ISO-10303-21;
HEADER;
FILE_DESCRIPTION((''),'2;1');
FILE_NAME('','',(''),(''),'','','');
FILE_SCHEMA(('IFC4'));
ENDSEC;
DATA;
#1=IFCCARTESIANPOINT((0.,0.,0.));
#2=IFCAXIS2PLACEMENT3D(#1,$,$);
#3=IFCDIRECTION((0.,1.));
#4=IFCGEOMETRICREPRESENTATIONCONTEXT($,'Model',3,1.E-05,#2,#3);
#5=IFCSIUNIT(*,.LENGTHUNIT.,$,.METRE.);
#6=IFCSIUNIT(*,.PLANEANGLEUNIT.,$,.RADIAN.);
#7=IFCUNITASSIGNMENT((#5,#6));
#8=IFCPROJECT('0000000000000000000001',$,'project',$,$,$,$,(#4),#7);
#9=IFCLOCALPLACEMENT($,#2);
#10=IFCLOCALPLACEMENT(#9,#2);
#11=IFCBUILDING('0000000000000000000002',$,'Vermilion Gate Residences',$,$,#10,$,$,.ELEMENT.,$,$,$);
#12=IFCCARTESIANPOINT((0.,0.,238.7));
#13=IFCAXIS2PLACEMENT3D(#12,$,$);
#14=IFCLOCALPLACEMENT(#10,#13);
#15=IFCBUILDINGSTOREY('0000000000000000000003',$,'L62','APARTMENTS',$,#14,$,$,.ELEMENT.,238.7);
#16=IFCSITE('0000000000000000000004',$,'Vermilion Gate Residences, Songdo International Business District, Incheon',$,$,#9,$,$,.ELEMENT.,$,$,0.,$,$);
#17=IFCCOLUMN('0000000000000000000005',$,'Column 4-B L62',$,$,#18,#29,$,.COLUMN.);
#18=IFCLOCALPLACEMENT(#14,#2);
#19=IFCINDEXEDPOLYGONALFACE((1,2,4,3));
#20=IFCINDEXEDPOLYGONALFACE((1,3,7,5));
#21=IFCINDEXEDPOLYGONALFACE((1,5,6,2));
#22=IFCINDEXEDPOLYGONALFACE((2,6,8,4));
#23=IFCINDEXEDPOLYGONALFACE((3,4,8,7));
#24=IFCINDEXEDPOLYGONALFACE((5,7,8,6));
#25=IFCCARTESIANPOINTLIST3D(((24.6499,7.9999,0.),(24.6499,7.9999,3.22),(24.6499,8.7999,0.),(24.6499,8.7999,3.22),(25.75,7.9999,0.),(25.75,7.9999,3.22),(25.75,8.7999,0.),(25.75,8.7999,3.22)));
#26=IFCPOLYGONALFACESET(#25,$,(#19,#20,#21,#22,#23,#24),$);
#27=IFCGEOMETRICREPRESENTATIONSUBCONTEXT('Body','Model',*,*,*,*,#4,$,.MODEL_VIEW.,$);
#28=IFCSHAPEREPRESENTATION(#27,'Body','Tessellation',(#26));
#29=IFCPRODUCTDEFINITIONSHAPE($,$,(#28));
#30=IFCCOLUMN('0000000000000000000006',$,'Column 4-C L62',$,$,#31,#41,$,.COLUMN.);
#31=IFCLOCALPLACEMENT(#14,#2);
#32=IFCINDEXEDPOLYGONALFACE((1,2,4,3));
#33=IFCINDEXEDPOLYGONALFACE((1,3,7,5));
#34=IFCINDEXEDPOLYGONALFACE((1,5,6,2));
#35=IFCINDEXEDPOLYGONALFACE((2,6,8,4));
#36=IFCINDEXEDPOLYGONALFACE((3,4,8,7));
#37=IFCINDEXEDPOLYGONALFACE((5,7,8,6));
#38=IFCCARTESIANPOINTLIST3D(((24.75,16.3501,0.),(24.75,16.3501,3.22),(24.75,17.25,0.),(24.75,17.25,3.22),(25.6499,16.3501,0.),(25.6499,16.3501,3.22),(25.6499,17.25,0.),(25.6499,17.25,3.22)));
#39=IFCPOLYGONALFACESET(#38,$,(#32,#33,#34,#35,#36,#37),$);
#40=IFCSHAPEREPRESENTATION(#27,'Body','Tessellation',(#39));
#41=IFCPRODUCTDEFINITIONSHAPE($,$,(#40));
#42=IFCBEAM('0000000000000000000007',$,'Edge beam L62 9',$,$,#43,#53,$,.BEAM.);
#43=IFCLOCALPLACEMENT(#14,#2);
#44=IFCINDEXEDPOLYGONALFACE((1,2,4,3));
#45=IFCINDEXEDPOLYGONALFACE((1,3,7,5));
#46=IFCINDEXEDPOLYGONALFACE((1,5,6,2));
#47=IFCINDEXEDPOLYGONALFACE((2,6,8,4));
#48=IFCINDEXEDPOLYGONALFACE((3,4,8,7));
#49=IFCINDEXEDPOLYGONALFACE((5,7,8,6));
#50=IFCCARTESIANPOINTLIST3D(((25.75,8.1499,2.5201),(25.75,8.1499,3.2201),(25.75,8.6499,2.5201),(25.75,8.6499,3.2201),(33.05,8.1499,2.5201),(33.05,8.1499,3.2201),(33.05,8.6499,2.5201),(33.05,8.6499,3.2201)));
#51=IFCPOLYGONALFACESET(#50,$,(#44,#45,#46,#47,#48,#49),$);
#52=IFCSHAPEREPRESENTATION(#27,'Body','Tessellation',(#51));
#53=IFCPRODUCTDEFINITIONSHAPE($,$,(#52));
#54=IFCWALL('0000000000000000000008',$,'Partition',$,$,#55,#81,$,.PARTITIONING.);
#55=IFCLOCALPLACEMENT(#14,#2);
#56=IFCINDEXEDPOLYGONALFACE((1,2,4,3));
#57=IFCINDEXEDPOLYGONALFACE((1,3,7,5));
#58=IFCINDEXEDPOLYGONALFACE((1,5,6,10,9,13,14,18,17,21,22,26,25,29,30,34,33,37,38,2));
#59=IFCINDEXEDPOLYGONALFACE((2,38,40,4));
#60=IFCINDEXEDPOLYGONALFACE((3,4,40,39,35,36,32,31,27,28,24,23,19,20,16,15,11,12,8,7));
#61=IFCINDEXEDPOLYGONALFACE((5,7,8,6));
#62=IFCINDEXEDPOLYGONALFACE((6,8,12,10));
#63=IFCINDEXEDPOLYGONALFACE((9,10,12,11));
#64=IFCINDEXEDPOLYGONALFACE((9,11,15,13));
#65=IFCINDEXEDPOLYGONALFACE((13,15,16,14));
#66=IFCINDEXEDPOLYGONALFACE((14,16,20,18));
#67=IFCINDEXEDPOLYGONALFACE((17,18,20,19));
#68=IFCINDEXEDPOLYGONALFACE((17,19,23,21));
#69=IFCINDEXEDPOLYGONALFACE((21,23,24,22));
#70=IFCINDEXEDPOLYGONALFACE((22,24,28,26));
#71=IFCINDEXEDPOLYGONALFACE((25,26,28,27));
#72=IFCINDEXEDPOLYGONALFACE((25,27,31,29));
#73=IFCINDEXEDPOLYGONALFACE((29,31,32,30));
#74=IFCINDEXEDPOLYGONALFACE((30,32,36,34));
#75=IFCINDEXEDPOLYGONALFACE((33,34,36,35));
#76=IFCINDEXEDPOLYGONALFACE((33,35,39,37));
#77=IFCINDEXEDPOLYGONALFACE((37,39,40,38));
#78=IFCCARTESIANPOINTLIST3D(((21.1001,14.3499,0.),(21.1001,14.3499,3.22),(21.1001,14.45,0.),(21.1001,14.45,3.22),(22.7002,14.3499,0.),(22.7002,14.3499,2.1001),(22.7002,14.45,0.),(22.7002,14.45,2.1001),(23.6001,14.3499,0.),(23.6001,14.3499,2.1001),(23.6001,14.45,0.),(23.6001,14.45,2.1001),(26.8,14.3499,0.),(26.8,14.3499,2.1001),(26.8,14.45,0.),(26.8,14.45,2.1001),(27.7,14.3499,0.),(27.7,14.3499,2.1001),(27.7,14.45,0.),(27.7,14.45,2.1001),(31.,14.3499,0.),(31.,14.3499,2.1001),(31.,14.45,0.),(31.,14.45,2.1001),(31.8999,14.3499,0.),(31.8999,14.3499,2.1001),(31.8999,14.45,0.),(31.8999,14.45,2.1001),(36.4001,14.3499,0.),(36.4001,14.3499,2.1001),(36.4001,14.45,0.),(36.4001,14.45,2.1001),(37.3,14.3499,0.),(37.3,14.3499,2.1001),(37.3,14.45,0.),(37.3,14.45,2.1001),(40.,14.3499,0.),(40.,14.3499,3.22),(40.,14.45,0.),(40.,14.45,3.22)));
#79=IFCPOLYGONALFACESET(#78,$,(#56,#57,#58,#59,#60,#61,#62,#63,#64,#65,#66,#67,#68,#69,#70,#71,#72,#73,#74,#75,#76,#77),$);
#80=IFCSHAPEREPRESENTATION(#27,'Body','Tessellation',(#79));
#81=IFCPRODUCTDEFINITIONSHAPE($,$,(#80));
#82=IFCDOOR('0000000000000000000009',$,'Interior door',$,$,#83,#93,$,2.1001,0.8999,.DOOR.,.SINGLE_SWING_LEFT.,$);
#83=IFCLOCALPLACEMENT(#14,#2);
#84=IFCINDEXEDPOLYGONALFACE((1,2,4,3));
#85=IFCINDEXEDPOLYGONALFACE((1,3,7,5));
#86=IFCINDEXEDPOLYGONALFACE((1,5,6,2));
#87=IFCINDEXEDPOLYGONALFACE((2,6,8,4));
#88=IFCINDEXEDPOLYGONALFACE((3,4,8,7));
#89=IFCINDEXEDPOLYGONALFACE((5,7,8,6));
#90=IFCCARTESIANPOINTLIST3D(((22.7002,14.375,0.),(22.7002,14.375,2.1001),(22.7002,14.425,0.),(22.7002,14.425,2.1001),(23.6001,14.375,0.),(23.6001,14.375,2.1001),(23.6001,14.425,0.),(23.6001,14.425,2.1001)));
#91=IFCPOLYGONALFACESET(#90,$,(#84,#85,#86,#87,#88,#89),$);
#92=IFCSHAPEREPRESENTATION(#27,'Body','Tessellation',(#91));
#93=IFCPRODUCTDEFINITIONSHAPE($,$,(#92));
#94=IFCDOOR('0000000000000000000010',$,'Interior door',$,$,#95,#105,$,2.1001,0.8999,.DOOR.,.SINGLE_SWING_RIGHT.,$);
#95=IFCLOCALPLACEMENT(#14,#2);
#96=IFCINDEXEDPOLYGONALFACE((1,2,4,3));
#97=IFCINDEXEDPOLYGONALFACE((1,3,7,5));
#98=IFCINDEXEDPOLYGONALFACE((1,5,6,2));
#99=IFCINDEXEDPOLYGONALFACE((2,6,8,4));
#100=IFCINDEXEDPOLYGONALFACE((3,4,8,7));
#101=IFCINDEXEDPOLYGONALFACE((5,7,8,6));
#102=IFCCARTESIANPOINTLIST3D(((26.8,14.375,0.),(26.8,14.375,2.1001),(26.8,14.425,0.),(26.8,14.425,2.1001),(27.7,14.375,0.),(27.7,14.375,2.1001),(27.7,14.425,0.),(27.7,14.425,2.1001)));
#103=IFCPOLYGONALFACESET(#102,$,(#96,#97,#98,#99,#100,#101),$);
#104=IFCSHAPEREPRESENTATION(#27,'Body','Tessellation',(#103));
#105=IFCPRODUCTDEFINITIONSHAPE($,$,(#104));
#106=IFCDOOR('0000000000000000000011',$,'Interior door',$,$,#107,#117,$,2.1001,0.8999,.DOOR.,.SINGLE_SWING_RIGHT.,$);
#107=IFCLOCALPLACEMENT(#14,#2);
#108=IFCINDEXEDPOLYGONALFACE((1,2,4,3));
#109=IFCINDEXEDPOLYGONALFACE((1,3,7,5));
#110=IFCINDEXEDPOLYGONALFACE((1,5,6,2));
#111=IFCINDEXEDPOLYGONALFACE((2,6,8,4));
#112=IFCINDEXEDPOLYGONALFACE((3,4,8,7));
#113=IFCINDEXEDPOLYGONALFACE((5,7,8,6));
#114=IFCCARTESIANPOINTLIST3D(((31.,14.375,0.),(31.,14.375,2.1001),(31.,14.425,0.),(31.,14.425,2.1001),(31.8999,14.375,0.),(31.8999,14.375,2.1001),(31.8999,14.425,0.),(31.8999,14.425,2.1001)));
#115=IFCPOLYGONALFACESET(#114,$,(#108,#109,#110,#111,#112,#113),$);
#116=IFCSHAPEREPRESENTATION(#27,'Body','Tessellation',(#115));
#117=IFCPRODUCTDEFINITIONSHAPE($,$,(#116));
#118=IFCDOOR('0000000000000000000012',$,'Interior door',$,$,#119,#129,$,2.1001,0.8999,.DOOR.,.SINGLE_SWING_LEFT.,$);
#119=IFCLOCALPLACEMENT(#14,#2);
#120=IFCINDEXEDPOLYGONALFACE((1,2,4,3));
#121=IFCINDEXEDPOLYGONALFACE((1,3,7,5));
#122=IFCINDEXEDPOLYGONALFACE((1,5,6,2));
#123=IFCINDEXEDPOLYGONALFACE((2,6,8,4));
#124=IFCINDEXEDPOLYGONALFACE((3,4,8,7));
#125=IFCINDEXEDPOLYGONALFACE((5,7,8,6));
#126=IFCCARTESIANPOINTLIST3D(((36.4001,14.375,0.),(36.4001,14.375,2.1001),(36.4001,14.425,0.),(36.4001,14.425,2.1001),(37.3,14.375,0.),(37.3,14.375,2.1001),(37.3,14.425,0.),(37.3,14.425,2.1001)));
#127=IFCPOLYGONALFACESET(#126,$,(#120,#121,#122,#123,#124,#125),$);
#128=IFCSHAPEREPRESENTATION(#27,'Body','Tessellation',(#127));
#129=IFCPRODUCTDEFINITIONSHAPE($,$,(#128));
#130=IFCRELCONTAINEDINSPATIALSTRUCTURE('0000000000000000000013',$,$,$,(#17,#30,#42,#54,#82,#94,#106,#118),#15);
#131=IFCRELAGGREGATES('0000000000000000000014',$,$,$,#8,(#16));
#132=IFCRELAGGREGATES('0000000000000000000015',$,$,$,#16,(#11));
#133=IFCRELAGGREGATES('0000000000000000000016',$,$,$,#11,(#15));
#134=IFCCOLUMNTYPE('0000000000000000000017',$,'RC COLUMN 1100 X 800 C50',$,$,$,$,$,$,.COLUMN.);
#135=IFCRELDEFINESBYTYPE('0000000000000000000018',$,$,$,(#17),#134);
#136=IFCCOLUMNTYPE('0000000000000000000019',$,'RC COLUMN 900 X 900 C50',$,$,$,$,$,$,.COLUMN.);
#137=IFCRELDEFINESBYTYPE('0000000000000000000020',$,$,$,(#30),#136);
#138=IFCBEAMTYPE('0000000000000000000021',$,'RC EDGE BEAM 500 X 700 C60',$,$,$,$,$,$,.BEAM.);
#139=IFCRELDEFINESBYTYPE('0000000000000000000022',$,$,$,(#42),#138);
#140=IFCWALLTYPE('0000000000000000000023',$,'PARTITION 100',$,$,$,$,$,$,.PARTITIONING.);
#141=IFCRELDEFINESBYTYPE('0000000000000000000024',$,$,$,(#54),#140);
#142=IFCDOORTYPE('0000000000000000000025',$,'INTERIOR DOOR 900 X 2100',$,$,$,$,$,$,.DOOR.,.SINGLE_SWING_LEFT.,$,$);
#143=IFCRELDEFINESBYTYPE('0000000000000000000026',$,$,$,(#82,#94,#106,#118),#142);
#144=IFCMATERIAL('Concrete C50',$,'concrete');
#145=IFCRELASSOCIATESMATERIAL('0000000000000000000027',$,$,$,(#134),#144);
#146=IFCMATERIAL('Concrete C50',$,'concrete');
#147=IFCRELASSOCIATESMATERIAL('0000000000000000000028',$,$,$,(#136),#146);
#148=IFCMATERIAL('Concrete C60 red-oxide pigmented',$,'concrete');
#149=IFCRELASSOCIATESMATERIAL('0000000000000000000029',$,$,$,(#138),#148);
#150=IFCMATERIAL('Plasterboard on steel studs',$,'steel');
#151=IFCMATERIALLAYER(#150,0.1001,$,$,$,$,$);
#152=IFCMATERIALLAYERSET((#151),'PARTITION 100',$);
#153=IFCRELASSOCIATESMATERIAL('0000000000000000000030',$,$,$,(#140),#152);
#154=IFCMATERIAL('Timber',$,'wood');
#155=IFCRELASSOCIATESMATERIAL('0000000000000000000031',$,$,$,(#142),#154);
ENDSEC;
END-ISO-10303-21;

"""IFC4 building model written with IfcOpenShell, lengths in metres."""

from ifc_helpers import new_model, si_unit, direction, frame, frame_2d, origin, origin_2d, place, context, subcontext, project, spatial, rectangle, extrude, material, layer, layer_set, material_profile, profile_set, type_object, element, fill, save


model = new_model("IFC4")

# Units and contexts
model_context = context("Model", 3, precision=1e-05, world=origin(), true_north=direction((0.0, 1.0)))
body_context = subcontext(model_context, "Body", "Model", "MODEL_VIEW")
ifc_project = project(units=[si_unit("LENGTHUNIT", "METRE"), si_unit("PLANEANGLEUNIT", "RADIAN")], contexts=[model_context])

# Site, building, storey
site_placement = place(None, origin())
site = spatial("IfcSite", under=ifc_project, at=site_placement, Name="Vermilion Gate Residences, Songdo International Business District, Incheon", CompositionType="ELEMENT", RefElevation=0.0)
building_placement = place(site_placement, origin())
building = spatial("IfcBuilding", under=site, at=building_placement, Name="Vermilion Gate Residences", CompositionType="ELEMENT")
storey_placement = place(building_placement, frame((0.0, 0.0, 238.7)))
storey = spatial("IfcBuildingStorey", under=building, at=storey_placement, Name="L62", Description="APARTMENTS", CompositionType="ELEMENT", Elevation=238.7)

# Columns
ifc_material_1 = material(Name="Concrete C50", Category="concrete")
ifc_material_profile_1 = material_profile(ifc_material_1, rectangle(XDim=1.1001, YDim=0.8, at=origin_2d()), Name="RC-1100x800")
ifc_profile_set_1 = profile_set([ifc_material_profile_1], Name="Concrete C50")
column_type_1 = type_object("IfcColumnType", Name="RC COLUMN 1100 X 800 C50", PredefinedType="COLUMN", material=ifc_profile_set_1)
column_1_placement = place(storey_placement, frame((25.2, 8.3999, 0.0), z_axis=(0.0, 0.0, 1.0), x_axis=(1.0, 0.0, 0.0)))
element("IfcColumn", 1, at=column_1_placement, inside=storey, type_object=column_type_1, Name="Column 4-B L62", PredefinedType="COLUMN", context=body_context, shape_type="SweptSolid", body=[
    extrude(rectangle(XDim=1.1001, YDim=0.8, at=origin_2d()), origin(), (0.0, 0.0, 1.0), 3.22),
])
ifc_material_2 = material(Name="Concrete C50", Category="concrete")
ifc_material_profile_2 = material_profile(ifc_material_2, rectangle(XDim=0.8999, YDim=0.8999, at=origin_2d()), Name="RC-900x900")
ifc_profile_set_2 = profile_set([ifc_material_profile_2], Name="Concrete C50")
column_type_2 = type_object("IfcColumnType", Name="RC COLUMN 900 X 900 C50", PredefinedType="COLUMN", material=ifc_profile_set_2)
column_2_placement = place(storey_placement, frame((25.2, 16.8, 0.0), z_axis=(0.0, 0.0, 1.0), x_axis=(1.0, 0.0, 0.0)))
element("IfcColumn", 2, at=column_2_placement, inside=storey, type_object=column_type_2, Name="Column 4-C L62", PredefinedType="COLUMN", context=body_context, shape_type="SweptSolid", body=[
    extrude(rectangle(XDim=0.8999, YDim=0.8999, at=origin_2d()), origin(), (0.0, 0.0, 1.0), 3.22),
])

# Beam
ifc_material_3 = material(Name="Concrete C60 red-oxide pigmented", Category="concrete")
ifc_material_profile_3 = material_profile(ifc_material_3, rectangle(XDim=0.5, YDim=0.7, at=origin_2d()), Name="RC-500x700")
ifc_profile_set_3 = profile_set([ifc_material_profile_3], Name="Concrete C60 red-oxide pigmented")
beam_type = type_object("IfcBeamType", Name="RC EDGE BEAM 500 X 700 C60", PredefinedType="BEAM", material=ifc_profile_set_3)
beam_placement = place(storey_placement, frame((25.75, 8.3999, 2.8701), z_axis=(1.0, 0.0, 0.0), x_axis=(0.0, 1.0, 0.0)))
element("IfcBeam", 3, at=beam_placement, inside=storey, type_object=beam_type, Name="Edge beam L62 9", PredefinedType="BEAM", context=body_context, shape_type="SweptSolid", body=[
    extrude(rectangle(XDim=0.5, YDim=0.7, at=origin_2d()), origin(), (0.0, 0.0, 1.0), 7.3),
])

# Wall, openings, doors
ifc_material_4 = material(Name="Plasterboard on steel studs", Category="steel")
ifc_layer_1 = layer(ifc_material_4, 0.1001)
ifc_layer_set_1 = layer_set([ifc_layer_1], Name="PARTITION 100")
wall_type_1 = type_object("IfcWallType", Name="PARTITION 100", PredefinedType="PARTITIONING", material=ifc_layer_set_1)
wall_1_placement = place(storey_placement, frame((21.1001, 14.3999, 0.0), z_axis=(0.0, 0.0, 1.0), x_axis=(1.0, 0.0, 0.0)))
wall_1 = element("IfcWall", 4, at=wall_1_placement, inside=storey, type_object=wall_type_1, Name="Partition", PredefinedType="PARTITIONING", context=body_context, shape_type="SweptSolid", body=[
    extrude(rectangle(XDim=18.8999, YDim=0.1001, at=frame_2d((9.45, 0.0))), origin(), (0.0, 0.0, 1.0), 3.22),
])
opening_1_placement = place(wall_1_placement, frame((1.6001, 0.0, 0.0)))
opening_1 = element("IfcOpeningElement", 5, at=opening_1_placement, cuts=wall_1, PredefinedType="OPENING", context=body_context, shape_type="SweptSolid", body=[
    extrude(rectangle(XDim=0.8999, YDim=2.1001, at=frame_2d((0.45, 1.05))), frame((0.0, 0.0601, 0.0), z_axis=(0.0, -1.0, 0.0), x_axis=(1.0, 0.0, 0.0)), (0.0, 0.0, 1.0), 0.1201),
])
opening_2_placement = place(wall_1_placement, frame((5.7, 0.0, 0.0)))
opening_2 = element("IfcOpeningElement", 6, at=opening_2_placement, cuts=wall_1, PredefinedType="OPENING", context=body_context, shape_type="SweptSolid", body=[
    extrude(rectangle(XDim=0.8999, YDim=2.1001, at=frame_2d((0.45, 1.05))), frame((0.0, 0.0601, 0.0), z_axis=(0.0, -1.0, 0.0), x_axis=(1.0, 0.0, 0.0)), (0.0, 0.0, 1.0), 0.1201),
])
opening_3_placement = place(wall_1_placement, frame((9.8999, 0.0, 0.0)))
opening_3 = element("IfcOpeningElement", 7, at=opening_3_placement, cuts=wall_1, PredefinedType="OPENING", context=body_context, shape_type="SweptSolid", body=[
    extrude(rectangle(XDim=0.8999, YDim=2.1001, at=frame_2d((0.45, 1.05))), frame((0.0, 0.0601, 0.0), z_axis=(0.0, -1.0, 0.0), x_axis=(1.0, 0.0, 0.0)), (0.0, 0.0, 1.0), 0.1201),
])
opening_4_placement = place(wall_1_placement, frame((15.3, 0.0, 0.0)))
opening_4 = element("IfcOpeningElement", 8, at=opening_4_placement, cuts=wall_1, PredefinedType="OPENING", context=body_context, shape_type="SweptSolid", body=[
    extrude(rectangle(XDim=0.8999, YDim=2.1001, at=frame_2d((0.45, 1.05))), frame((0.0, 0.0601, 0.0), z_axis=(0.0, -1.0, 0.0), x_axis=(1.0, 0.0, 0.0)), (0.0, 0.0, 1.0), 0.1201),
])
ifc_material_5 = material(Name="Timber", Category="wood")
door_type = type_object("IfcDoorType", Name="INTERIOR DOOR 900 X 2100", OperationType="SINGLE_SWING_LEFT", PredefinedType="DOOR", material=ifc_material_5)
door_1_placement = place(opening_1_placement, frame((0.8999, 0.0, 0.0), z_axis=(0.0, 0.0, 1.0), x_axis=(-1.0, 0.0, 0.0)))
door_1 = element("IfcDoor", 9, at=door_1_placement, inside=storey, type_object=door_type, Name="Interior door", OperationType="SINGLE_SWING_LEFT", OverallHeight=2.1001, OverallWidth=0.8999, PredefinedType="DOOR", context=body_context, shape_type="SweptSolid", body=[
    extrude(rectangle(XDim=0.8999, YDim=2.1001, at=frame_2d((0.45, 1.05))), frame((0.0, 0.0249, 0.0), z_axis=(0.0, -1.0, 0.0), x_axis=(1.0, 0.0, 0.0)), (0.0, 0.0, 1.0), 0.05),
])
fill(opening_1, door_1)
door_2_placement = place(opening_2_placement, frame((0.8999, 0.0, 0.0), z_axis=(0.0, 0.0, 1.0), x_axis=(-1.0, 0.0, 0.0)))
door_2 = element("IfcDoor", 10, at=door_2_placement, inside=storey, type_object=door_type, Name="Interior door", OperationType="SINGLE_SWING_RIGHT", OverallHeight=2.1001, OverallWidth=0.8999, PredefinedType="DOOR", context=body_context, shape_type="SweptSolid", body=[
    extrude(rectangle(XDim=0.8999, YDim=2.1001, at=frame_2d((0.45, 1.05))), frame((0.0, 0.0249, 0.0), z_axis=(0.0, -1.0, 0.0), x_axis=(1.0, 0.0, 0.0)), (0.0, 0.0, 1.0), 0.05),
])
fill(opening_2, door_2)
door_3_placement = place(opening_3_placement, frame((0.8999, 0.0, 0.0), z_axis=(0.0, 0.0, 1.0), x_axis=(-1.0, 0.0, 0.0)))
door_3 = element("IfcDoor", 11, at=door_3_placement, inside=storey, type_object=door_type, Name="Interior door", OperationType="SINGLE_SWING_RIGHT", OverallHeight=2.1001, OverallWidth=0.8999, PredefinedType="DOOR", context=body_context, shape_type="SweptSolid", body=[
    extrude(rectangle(XDim=0.8999, YDim=2.1001, at=frame_2d((0.45, 1.05))), frame((0.0, 0.0249, 0.0), z_axis=(0.0, -1.0, 0.0), x_axis=(1.0, 0.0, 0.0)), (0.0, 0.0, 1.0), 0.05),
])
fill(opening_3, door_3)
door_4_placement = place(opening_4_placement, frame((0.8999, 0.0, 0.0), z_axis=(0.0, 0.0, 1.0), x_axis=(-1.0, 0.0, 0.0)))
door_4 = element("IfcDoor", 12, at=door_4_placement, inside=storey, type_object=door_type, Name="Interior door", OperationType="SINGLE_SWING_LEFT", OverallHeight=2.1001, OverallWidth=0.8999, PredefinedType="DOOR", context=body_context, shape_type="SweptSolid", body=[
    extrude(rectangle(XDim=0.8999, YDim=2.1001, at=frame_2d((0.45, 1.05))), frame((0.0, 0.0249, 0.0), z_axis=(0.0, -1.0, 0.0), x_axis=(1.0, 0.0, 0.0)), (0.0, 0.0, 1.0), 0.05),
])
fill(opening_4, door_4)

save(model, "model.ifc")
